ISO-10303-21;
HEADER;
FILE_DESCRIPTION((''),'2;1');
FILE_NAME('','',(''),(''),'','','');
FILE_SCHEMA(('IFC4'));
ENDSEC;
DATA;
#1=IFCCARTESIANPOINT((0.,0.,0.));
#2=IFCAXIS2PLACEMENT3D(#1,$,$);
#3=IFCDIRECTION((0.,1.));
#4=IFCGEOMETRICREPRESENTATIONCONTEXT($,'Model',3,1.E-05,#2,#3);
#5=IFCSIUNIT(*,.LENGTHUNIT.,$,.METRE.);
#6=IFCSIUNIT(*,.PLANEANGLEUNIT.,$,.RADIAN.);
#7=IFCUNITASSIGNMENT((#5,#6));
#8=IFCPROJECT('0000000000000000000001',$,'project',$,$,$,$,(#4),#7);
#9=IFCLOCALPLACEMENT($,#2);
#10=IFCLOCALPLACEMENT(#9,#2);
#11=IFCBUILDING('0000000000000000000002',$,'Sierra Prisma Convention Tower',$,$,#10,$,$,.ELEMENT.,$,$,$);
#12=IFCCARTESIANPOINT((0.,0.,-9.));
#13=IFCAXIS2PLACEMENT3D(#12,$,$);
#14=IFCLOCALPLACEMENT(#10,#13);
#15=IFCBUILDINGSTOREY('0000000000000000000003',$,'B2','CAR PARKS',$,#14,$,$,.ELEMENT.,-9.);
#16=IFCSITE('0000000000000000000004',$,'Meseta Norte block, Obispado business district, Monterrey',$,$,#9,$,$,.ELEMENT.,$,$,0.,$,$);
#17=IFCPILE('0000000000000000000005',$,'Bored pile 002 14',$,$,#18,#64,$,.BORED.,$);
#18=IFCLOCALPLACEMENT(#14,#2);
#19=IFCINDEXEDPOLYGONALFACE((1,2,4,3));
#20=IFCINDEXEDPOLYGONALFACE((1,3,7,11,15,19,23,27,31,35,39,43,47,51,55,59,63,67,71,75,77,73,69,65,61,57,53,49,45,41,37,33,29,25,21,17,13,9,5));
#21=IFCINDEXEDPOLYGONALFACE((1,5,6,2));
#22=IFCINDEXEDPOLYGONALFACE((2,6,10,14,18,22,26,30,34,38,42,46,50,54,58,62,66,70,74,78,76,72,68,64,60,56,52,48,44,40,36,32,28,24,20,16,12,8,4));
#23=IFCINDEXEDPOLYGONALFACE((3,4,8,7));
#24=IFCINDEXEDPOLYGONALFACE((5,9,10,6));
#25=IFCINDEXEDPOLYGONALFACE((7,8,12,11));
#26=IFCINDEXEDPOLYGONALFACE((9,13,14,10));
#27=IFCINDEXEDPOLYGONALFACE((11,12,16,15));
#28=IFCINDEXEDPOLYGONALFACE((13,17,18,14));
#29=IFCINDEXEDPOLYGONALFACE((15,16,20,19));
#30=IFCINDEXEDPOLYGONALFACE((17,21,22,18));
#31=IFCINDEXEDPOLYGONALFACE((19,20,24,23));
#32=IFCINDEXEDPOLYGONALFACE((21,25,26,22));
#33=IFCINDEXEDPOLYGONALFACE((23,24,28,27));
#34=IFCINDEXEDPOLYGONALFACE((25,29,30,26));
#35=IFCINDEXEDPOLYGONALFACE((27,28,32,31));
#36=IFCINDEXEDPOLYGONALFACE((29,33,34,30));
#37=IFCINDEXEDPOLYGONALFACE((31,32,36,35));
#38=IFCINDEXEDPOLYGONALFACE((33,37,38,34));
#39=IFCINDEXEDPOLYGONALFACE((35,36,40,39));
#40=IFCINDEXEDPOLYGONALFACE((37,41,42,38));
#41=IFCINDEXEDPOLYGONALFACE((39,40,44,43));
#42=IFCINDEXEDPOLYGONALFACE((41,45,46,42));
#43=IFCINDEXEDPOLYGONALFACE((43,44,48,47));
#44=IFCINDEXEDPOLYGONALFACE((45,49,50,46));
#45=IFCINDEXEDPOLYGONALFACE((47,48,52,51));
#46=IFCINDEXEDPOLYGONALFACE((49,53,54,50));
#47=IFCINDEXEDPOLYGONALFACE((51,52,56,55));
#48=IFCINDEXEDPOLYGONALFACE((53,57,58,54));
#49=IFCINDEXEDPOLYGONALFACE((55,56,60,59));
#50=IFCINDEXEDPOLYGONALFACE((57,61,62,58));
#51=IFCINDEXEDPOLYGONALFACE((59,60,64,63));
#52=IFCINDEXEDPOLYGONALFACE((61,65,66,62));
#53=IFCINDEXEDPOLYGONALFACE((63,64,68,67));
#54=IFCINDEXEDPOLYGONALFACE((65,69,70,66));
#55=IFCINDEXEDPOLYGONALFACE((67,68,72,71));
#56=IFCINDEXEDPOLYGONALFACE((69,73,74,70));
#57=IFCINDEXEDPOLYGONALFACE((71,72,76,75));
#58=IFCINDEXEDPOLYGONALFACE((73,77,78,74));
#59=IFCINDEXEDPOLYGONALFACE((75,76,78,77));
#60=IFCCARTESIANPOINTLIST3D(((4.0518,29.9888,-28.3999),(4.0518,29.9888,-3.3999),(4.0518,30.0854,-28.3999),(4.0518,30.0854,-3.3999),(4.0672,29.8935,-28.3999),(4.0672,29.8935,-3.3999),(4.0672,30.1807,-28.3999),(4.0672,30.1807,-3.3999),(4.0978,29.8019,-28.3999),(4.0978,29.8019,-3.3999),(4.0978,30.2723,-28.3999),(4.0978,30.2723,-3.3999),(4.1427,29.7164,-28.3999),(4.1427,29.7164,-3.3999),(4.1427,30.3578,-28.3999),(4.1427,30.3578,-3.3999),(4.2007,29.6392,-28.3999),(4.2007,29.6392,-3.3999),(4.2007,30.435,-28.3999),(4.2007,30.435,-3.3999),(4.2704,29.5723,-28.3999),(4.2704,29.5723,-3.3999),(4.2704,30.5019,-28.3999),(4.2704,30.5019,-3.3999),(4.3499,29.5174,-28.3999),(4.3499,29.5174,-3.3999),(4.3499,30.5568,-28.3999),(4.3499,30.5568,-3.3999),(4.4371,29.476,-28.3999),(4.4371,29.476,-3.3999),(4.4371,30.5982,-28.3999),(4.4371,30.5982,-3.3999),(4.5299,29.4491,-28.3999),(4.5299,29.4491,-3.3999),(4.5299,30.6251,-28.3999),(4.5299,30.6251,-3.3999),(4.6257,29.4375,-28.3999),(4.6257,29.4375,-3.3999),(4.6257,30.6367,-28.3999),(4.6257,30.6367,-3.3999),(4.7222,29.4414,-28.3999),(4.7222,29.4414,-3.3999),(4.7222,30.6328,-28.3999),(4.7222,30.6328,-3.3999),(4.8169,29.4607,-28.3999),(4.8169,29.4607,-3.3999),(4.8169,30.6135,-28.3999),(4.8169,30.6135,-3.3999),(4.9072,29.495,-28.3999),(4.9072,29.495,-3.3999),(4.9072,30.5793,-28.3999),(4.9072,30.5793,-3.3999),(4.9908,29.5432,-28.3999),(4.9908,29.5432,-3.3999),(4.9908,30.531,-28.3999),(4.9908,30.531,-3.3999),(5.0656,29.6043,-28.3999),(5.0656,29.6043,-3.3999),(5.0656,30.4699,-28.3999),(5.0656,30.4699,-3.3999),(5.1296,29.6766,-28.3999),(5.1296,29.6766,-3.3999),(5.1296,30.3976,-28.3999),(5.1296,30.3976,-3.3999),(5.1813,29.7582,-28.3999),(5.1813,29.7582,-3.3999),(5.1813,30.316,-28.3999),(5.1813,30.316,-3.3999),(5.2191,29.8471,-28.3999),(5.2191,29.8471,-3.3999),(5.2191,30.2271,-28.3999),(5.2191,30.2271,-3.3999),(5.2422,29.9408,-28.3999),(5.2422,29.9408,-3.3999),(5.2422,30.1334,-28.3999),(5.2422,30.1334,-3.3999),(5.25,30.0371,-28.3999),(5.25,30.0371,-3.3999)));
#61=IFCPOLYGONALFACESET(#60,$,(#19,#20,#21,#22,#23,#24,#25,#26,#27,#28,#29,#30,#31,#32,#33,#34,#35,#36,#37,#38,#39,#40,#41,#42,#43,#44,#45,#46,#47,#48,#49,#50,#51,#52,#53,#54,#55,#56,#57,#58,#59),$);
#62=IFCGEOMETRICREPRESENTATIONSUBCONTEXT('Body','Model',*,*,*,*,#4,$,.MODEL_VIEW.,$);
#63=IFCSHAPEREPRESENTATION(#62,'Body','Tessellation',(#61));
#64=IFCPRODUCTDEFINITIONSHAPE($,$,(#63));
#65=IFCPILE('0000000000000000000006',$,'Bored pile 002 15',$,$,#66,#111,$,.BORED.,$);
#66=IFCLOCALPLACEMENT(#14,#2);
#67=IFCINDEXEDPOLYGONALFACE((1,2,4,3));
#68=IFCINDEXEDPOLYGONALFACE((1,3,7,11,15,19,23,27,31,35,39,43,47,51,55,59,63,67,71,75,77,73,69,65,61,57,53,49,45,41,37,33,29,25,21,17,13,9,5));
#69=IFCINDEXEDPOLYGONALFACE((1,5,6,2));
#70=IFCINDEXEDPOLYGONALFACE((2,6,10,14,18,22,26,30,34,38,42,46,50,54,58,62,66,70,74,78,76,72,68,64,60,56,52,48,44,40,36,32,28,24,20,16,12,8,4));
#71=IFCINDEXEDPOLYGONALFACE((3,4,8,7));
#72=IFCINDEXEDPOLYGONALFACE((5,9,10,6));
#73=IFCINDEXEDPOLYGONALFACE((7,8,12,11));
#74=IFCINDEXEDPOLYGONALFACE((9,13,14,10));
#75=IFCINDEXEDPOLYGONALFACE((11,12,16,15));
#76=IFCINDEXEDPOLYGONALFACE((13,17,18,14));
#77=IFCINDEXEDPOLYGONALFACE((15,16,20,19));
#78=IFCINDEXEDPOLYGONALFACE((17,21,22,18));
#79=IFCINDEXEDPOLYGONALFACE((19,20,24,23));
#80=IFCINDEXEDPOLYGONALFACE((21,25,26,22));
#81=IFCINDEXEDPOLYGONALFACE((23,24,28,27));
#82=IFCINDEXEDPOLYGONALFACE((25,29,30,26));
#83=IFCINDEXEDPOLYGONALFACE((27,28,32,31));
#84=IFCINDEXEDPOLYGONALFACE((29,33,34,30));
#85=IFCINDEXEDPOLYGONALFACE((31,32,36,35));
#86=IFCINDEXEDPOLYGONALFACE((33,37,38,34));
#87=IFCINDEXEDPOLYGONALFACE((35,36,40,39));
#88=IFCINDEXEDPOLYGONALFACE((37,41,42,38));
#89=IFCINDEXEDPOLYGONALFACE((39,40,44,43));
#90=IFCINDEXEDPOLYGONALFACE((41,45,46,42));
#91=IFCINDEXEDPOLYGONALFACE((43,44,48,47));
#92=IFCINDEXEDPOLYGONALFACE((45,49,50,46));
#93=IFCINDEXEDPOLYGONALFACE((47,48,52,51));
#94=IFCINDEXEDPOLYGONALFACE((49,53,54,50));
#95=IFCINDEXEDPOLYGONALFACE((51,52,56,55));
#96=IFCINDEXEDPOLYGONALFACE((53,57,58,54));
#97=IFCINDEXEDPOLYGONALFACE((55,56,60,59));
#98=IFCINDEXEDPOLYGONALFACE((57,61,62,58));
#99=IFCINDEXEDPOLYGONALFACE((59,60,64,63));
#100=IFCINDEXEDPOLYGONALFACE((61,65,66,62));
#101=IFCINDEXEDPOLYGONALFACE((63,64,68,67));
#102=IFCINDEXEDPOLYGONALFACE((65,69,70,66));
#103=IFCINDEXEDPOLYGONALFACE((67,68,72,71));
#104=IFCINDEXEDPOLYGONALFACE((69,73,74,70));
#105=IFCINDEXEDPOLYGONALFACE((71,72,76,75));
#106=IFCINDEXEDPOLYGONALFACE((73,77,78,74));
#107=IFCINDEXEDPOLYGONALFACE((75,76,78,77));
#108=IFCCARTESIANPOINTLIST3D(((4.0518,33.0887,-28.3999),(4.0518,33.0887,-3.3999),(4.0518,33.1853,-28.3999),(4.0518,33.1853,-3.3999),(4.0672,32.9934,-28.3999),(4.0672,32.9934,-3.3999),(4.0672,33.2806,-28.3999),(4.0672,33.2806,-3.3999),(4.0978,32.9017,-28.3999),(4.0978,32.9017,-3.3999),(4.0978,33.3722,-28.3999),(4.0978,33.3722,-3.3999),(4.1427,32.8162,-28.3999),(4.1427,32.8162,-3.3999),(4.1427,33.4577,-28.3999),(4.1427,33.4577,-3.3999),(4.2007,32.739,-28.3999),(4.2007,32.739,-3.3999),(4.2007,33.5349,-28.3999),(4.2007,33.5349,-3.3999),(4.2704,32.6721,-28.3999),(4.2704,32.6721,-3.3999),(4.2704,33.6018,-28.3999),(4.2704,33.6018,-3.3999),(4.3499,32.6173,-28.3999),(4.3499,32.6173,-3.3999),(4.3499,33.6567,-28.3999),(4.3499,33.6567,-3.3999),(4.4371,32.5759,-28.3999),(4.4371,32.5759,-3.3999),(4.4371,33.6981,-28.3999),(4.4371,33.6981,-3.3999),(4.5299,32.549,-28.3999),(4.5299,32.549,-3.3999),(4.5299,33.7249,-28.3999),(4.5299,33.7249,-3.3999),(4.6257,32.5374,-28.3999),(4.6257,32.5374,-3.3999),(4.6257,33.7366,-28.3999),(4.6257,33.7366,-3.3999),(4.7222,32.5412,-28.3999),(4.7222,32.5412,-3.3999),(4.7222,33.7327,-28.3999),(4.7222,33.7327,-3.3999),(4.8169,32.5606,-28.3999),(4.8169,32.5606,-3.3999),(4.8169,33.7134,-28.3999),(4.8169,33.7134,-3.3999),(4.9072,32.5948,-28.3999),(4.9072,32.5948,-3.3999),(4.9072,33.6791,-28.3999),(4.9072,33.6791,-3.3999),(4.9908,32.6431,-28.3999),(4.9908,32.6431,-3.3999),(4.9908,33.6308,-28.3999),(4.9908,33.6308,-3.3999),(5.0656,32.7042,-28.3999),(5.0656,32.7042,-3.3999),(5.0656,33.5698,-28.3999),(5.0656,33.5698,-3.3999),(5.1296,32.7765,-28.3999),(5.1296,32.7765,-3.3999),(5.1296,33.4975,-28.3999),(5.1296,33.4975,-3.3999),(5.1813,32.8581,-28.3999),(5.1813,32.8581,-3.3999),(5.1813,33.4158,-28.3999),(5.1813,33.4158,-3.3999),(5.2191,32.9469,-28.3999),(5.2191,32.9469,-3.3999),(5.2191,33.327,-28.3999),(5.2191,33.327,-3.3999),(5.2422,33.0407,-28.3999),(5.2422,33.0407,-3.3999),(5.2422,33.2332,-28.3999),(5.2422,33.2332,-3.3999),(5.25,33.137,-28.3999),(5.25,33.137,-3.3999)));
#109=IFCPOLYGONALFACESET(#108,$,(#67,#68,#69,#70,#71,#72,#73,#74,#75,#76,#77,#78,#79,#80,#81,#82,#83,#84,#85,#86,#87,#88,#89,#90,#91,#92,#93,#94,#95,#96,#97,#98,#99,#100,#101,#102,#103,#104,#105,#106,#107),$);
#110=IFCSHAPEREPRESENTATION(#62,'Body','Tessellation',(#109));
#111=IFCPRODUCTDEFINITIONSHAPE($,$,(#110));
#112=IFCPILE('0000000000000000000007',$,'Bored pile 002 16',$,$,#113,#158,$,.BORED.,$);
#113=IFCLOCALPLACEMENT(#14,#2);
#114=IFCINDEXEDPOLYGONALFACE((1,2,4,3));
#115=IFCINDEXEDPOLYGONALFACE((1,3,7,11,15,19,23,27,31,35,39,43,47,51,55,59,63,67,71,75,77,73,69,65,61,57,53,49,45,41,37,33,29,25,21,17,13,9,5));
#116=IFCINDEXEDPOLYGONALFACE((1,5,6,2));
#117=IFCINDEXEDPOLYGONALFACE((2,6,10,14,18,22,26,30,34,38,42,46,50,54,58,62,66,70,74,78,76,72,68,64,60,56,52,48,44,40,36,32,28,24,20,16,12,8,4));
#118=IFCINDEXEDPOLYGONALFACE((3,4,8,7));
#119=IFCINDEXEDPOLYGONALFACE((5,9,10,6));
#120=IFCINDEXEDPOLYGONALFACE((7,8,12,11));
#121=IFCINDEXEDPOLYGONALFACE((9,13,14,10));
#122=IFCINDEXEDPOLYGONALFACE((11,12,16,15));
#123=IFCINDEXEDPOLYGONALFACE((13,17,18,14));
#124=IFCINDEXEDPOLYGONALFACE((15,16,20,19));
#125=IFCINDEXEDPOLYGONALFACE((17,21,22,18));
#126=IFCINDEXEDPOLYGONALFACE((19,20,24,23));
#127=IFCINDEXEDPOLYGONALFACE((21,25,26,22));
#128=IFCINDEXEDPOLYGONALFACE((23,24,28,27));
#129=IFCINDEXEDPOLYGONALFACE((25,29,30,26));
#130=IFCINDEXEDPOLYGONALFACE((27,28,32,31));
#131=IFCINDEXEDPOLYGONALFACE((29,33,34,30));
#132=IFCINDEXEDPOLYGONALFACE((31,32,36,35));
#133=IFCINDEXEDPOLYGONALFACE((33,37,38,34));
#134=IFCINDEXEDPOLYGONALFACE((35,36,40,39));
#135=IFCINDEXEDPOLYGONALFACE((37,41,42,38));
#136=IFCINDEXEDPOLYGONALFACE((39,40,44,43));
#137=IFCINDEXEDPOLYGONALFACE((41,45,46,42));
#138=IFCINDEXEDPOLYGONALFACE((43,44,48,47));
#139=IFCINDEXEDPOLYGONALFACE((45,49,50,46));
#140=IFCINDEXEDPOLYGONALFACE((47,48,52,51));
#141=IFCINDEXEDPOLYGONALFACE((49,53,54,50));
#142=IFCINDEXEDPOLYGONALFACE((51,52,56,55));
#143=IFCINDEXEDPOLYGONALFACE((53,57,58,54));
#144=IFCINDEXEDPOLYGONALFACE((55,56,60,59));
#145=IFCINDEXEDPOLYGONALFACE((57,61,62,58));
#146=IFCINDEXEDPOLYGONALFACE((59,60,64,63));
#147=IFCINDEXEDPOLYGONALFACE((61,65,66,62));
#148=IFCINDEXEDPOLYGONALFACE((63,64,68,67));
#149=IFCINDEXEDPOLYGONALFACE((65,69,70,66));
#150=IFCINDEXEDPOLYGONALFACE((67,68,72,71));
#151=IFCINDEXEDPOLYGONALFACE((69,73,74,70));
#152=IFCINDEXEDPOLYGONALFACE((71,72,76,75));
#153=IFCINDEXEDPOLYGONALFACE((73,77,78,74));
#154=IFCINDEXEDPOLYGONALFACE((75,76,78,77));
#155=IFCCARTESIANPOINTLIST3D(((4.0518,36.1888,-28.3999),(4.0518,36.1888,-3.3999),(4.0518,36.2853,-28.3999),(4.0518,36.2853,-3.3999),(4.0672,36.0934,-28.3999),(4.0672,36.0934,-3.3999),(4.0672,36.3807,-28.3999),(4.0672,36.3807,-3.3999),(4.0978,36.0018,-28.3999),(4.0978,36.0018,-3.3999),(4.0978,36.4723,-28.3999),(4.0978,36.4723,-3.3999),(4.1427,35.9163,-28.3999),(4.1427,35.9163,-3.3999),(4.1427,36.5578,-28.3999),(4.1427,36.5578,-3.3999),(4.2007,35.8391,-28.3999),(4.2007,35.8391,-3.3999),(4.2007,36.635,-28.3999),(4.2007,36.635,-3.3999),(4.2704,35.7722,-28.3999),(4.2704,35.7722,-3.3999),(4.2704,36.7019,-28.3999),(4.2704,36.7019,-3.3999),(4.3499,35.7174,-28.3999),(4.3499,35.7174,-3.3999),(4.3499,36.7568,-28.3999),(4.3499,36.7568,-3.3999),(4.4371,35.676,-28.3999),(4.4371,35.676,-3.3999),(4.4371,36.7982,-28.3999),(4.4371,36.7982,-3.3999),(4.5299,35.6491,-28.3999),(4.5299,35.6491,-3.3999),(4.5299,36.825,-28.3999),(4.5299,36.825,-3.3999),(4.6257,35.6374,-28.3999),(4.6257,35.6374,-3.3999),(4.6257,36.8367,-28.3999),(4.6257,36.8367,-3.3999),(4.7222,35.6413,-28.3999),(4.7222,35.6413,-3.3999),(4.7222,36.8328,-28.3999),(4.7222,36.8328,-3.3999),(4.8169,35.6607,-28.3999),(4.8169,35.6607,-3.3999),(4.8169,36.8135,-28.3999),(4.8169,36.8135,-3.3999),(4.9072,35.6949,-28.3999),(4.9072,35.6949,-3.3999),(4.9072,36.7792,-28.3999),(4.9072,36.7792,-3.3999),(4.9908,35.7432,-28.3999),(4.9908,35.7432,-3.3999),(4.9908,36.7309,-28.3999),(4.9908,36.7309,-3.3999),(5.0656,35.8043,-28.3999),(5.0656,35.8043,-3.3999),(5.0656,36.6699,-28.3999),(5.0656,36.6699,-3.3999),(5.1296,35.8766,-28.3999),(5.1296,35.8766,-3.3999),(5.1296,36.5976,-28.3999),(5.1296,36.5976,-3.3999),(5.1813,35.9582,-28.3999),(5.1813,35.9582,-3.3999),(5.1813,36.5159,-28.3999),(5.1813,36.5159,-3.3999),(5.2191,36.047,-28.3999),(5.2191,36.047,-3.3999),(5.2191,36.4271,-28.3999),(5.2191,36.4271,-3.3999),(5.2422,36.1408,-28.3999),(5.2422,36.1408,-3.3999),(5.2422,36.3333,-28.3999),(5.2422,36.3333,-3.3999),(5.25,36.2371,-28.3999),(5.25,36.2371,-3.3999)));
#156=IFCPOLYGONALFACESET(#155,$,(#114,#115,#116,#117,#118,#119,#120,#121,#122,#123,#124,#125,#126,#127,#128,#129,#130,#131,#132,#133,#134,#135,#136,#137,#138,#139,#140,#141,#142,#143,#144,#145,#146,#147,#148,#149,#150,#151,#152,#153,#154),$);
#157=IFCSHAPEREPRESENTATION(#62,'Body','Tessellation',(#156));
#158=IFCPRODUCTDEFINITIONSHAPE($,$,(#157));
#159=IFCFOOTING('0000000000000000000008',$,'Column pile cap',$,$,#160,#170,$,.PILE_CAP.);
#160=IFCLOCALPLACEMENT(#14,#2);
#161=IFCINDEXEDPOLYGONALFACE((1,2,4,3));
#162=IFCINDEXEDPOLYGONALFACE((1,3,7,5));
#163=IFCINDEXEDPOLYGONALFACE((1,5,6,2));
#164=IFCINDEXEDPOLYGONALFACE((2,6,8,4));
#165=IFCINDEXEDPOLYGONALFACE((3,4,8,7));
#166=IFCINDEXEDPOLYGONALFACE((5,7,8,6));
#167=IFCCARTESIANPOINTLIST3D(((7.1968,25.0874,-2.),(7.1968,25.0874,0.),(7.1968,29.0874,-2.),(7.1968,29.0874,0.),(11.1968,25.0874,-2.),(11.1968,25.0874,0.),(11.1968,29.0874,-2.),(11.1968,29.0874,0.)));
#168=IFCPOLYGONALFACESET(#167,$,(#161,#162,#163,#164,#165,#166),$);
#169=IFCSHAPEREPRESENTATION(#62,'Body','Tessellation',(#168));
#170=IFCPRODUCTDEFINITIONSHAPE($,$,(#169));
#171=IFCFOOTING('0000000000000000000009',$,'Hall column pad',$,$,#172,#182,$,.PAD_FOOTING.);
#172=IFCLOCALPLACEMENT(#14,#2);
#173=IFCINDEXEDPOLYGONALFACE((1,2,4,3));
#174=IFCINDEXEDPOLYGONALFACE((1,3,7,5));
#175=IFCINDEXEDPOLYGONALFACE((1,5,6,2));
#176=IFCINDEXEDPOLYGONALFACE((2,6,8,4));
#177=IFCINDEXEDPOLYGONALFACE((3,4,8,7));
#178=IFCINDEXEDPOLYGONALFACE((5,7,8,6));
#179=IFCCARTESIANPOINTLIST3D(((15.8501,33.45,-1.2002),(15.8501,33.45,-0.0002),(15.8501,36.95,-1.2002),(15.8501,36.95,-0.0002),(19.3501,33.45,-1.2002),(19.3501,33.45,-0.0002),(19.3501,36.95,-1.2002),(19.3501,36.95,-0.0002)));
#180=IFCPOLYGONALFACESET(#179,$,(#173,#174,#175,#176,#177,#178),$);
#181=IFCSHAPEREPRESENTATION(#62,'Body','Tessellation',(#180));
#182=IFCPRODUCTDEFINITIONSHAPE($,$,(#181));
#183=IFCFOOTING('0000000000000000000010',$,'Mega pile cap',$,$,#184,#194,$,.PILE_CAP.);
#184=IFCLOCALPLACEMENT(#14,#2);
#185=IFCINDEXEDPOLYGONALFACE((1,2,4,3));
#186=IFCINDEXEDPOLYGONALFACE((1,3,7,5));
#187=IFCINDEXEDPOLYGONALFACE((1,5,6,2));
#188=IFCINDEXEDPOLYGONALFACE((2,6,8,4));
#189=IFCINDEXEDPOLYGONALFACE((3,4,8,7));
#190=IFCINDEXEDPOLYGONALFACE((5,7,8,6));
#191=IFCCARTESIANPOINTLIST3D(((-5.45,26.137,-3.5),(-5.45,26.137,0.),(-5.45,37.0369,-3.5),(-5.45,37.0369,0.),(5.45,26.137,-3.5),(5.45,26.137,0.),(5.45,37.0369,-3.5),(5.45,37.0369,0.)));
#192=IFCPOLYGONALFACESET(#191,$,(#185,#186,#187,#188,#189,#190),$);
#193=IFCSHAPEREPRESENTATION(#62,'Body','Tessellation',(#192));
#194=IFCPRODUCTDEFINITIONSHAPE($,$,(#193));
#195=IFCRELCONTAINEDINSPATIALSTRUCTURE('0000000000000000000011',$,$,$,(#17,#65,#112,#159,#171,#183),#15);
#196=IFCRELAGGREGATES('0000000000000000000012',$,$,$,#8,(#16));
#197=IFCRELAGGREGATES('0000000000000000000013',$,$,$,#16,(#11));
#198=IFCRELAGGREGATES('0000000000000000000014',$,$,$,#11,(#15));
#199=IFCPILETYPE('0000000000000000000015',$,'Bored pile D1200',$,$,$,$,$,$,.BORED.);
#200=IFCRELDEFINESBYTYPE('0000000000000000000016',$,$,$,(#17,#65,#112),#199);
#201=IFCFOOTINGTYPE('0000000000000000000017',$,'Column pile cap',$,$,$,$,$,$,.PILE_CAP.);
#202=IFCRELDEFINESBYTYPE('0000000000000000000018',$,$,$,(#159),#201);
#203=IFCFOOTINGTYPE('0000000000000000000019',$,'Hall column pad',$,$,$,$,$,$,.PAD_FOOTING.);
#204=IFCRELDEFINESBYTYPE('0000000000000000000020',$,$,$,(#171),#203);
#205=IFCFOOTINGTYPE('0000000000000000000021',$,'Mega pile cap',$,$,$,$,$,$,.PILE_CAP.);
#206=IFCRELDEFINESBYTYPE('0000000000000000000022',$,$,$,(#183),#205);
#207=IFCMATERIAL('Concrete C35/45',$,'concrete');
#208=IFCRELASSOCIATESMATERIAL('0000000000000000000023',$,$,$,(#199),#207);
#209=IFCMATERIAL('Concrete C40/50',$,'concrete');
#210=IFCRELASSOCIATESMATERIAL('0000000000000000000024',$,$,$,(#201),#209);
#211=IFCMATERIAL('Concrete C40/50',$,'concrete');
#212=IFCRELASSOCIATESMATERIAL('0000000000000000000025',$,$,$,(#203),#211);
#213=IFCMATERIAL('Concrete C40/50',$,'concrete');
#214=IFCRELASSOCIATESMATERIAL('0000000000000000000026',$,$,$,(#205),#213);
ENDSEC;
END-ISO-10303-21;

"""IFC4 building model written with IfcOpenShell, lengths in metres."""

from ifc_helpers import new_model, si_unit, direction, frame, origin, origin_2d, place, context, subcontext, project, spatial, rectangle, circle, extrude, material, material_profile, profile_set, type_object, element, save


model = new_model("IFC4")

# Units and contexts
model_context = context("Model", 3, precision=1e-05, world=origin(), true_north=direction((0.0, 1.0)))
body_context = subcontext(model_context, "Body", "Model", "MODEL_VIEW")
ifc_project = project(units=[si_unit("LENGTHUNIT", "METRE"), si_unit("PLANEANGLEUNIT", "RADIAN")], contexts=[model_context])

# Site, building, storey
site_placement = place(None, origin())
site = spatial("IfcSite", under=ifc_project, at=site_placement, Name="Meseta Norte block, Obispado business district, Monterrey", CompositionType="ELEMENT", RefElevation=0.0)
building_placement = place(site_placement, origin())
building = spatial("IfcBuilding", under=site, at=building_placement, Name="Sierra Prisma Convention Tower", CompositionType="ELEMENT")
storey_placement = place(building_placement, frame((0.0, 0.0, -9.0)))
storey = spatial("IfcBuildingStorey", under=building, at=storey_placement, Name="B2", Description="CAR PARKS", CompositionType="ELEMENT", Elevation=-9.0)

# Piles
ifc_material_1 = material(Name="Concrete C35/45", Category="concrete")
ifc_material_profile_1 = material_profile(ifc_material_1, circle(Radius=0.6001, at=origin_2d()), Name="D1200")
ifc_profile_set_1 = profile_set([ifc_material_profile_1], Name="Concrete C35/45")
pile_type_1 = type_object("IfcPileType", Name="Bored pile D1200", PredefinedType="BORED", material=ifc_profile_set_1)
for number, where, z_axis, x_axis, name in (
    (1, (4.6499, 30.0371, -3.3999), (0.0, 0.0, -1.0), (1.0, 0.0, 0.0), "Bored pile 002 14"),
    (2, (4.6499, 33.137, -3.3999), (0.0, 0.0, -1.0), (1.0, 0.0, 0.0), "Bored pile 002 15"),
    (3, (4.6499, 36.2371, -3.3999), (0.0, 0.0, -1.0), (1.0, 0.0, 0.0), "Bored pile 002 16"),
):
    element("IfcPile", number, at=place(storey_placement, frame(where, z_axis=z_axis, x_axis=x_axis)), inside=storey, type_object=pile_type_1, Name=name, PredefinedType="BORED", context=body_context, shape_type="SweptSolid", body=[
        extrude(circle(Radius=0.6001, at=origin_2d()), origin(), (0.0, 0.0, 1.0), 25.0),
    ])

# Footings
ifc_material_2 = material(Name="Concrete C40/50", Category="concrete")
footing_type_1 = type_object("IfcFootingType", Name="Column pile cap", PredefinedType="PILE_CAP", material=ifc_material_2)
footing_1_placement = place(storey_placement, frame((9.1968, 27.0874, -2.0), z_axis=(0.0, 0.0, 1.0), x_axis=(1.0, 0.0, 0.0)))
element("IfcFooting", 4, at=footing_1_placement, inside=storey, type_object=footing_type_1, Name="Column pile cap", PredefinedType="PILE_CAP", context=body_context, shape_type="SweptSolid", body=[
    extrude(rectangle(XDim=4.0, YDim=4.0, at=origin_2d()), origin(), (0.0, 0.0, 1.0), 2.0),
])
ifc_material_3 = material(Name="Concrete C40/50", Category="concrete")
footing_type_2 = type_object("IfcFootingType", Name="Hall column pad", PredefinedType="PAD_FOOTING", material=ifc_material_3)
footing_2_placement = place(storey_placement, frame((17.6001, 35.2, -1.2002), z_axis=(0.0, 0.0, 1.0), x_axis=(1.0, 0.0, 0.0)))
element("IfcFooting", 5, at=footing_2_placement, inside=storey, type_object=footing_type_2, Name="Hall column pad", PredefinedType="PAD_FOOTING", context=body_context, shape_type="SweptSolid", body=[
    extrude(rectangle(XDim=3.5, YDim=3.5, at=origin_2d()), origin(), (0.0, 0.0, 1.0), 1.2),
])
ifc_material_4 = material(Name="Concrete C40/50", Category="concrete")
footing_type_3 = type_object("IfcFootingType", Name="Mega pile cap", PredefinedType="PILE_CAP", material=ifc_material_4)
footing_3_placement = place(storey_placement, frame((0.0, 31.5869, -3.5), z_axis=(0.0, 0.0, 1.0), x_axis=(1.0, 0.0, 0.0)))
element("IfcFooting", 6, at=footing_3_placement, inside=storey, type_object=footing_type_3, Name="Mega pile cap", PredefinedType="PILE_CAP", context=body_context, shape_type="SweptSolid", body=[
    extrude(rectangle(XDim=10.8999, YDim=10.8999, at=origin_2d()), origin(), (0.0, 0.0, 1.0), 3.5),
])

save(model, "model.ifc")
